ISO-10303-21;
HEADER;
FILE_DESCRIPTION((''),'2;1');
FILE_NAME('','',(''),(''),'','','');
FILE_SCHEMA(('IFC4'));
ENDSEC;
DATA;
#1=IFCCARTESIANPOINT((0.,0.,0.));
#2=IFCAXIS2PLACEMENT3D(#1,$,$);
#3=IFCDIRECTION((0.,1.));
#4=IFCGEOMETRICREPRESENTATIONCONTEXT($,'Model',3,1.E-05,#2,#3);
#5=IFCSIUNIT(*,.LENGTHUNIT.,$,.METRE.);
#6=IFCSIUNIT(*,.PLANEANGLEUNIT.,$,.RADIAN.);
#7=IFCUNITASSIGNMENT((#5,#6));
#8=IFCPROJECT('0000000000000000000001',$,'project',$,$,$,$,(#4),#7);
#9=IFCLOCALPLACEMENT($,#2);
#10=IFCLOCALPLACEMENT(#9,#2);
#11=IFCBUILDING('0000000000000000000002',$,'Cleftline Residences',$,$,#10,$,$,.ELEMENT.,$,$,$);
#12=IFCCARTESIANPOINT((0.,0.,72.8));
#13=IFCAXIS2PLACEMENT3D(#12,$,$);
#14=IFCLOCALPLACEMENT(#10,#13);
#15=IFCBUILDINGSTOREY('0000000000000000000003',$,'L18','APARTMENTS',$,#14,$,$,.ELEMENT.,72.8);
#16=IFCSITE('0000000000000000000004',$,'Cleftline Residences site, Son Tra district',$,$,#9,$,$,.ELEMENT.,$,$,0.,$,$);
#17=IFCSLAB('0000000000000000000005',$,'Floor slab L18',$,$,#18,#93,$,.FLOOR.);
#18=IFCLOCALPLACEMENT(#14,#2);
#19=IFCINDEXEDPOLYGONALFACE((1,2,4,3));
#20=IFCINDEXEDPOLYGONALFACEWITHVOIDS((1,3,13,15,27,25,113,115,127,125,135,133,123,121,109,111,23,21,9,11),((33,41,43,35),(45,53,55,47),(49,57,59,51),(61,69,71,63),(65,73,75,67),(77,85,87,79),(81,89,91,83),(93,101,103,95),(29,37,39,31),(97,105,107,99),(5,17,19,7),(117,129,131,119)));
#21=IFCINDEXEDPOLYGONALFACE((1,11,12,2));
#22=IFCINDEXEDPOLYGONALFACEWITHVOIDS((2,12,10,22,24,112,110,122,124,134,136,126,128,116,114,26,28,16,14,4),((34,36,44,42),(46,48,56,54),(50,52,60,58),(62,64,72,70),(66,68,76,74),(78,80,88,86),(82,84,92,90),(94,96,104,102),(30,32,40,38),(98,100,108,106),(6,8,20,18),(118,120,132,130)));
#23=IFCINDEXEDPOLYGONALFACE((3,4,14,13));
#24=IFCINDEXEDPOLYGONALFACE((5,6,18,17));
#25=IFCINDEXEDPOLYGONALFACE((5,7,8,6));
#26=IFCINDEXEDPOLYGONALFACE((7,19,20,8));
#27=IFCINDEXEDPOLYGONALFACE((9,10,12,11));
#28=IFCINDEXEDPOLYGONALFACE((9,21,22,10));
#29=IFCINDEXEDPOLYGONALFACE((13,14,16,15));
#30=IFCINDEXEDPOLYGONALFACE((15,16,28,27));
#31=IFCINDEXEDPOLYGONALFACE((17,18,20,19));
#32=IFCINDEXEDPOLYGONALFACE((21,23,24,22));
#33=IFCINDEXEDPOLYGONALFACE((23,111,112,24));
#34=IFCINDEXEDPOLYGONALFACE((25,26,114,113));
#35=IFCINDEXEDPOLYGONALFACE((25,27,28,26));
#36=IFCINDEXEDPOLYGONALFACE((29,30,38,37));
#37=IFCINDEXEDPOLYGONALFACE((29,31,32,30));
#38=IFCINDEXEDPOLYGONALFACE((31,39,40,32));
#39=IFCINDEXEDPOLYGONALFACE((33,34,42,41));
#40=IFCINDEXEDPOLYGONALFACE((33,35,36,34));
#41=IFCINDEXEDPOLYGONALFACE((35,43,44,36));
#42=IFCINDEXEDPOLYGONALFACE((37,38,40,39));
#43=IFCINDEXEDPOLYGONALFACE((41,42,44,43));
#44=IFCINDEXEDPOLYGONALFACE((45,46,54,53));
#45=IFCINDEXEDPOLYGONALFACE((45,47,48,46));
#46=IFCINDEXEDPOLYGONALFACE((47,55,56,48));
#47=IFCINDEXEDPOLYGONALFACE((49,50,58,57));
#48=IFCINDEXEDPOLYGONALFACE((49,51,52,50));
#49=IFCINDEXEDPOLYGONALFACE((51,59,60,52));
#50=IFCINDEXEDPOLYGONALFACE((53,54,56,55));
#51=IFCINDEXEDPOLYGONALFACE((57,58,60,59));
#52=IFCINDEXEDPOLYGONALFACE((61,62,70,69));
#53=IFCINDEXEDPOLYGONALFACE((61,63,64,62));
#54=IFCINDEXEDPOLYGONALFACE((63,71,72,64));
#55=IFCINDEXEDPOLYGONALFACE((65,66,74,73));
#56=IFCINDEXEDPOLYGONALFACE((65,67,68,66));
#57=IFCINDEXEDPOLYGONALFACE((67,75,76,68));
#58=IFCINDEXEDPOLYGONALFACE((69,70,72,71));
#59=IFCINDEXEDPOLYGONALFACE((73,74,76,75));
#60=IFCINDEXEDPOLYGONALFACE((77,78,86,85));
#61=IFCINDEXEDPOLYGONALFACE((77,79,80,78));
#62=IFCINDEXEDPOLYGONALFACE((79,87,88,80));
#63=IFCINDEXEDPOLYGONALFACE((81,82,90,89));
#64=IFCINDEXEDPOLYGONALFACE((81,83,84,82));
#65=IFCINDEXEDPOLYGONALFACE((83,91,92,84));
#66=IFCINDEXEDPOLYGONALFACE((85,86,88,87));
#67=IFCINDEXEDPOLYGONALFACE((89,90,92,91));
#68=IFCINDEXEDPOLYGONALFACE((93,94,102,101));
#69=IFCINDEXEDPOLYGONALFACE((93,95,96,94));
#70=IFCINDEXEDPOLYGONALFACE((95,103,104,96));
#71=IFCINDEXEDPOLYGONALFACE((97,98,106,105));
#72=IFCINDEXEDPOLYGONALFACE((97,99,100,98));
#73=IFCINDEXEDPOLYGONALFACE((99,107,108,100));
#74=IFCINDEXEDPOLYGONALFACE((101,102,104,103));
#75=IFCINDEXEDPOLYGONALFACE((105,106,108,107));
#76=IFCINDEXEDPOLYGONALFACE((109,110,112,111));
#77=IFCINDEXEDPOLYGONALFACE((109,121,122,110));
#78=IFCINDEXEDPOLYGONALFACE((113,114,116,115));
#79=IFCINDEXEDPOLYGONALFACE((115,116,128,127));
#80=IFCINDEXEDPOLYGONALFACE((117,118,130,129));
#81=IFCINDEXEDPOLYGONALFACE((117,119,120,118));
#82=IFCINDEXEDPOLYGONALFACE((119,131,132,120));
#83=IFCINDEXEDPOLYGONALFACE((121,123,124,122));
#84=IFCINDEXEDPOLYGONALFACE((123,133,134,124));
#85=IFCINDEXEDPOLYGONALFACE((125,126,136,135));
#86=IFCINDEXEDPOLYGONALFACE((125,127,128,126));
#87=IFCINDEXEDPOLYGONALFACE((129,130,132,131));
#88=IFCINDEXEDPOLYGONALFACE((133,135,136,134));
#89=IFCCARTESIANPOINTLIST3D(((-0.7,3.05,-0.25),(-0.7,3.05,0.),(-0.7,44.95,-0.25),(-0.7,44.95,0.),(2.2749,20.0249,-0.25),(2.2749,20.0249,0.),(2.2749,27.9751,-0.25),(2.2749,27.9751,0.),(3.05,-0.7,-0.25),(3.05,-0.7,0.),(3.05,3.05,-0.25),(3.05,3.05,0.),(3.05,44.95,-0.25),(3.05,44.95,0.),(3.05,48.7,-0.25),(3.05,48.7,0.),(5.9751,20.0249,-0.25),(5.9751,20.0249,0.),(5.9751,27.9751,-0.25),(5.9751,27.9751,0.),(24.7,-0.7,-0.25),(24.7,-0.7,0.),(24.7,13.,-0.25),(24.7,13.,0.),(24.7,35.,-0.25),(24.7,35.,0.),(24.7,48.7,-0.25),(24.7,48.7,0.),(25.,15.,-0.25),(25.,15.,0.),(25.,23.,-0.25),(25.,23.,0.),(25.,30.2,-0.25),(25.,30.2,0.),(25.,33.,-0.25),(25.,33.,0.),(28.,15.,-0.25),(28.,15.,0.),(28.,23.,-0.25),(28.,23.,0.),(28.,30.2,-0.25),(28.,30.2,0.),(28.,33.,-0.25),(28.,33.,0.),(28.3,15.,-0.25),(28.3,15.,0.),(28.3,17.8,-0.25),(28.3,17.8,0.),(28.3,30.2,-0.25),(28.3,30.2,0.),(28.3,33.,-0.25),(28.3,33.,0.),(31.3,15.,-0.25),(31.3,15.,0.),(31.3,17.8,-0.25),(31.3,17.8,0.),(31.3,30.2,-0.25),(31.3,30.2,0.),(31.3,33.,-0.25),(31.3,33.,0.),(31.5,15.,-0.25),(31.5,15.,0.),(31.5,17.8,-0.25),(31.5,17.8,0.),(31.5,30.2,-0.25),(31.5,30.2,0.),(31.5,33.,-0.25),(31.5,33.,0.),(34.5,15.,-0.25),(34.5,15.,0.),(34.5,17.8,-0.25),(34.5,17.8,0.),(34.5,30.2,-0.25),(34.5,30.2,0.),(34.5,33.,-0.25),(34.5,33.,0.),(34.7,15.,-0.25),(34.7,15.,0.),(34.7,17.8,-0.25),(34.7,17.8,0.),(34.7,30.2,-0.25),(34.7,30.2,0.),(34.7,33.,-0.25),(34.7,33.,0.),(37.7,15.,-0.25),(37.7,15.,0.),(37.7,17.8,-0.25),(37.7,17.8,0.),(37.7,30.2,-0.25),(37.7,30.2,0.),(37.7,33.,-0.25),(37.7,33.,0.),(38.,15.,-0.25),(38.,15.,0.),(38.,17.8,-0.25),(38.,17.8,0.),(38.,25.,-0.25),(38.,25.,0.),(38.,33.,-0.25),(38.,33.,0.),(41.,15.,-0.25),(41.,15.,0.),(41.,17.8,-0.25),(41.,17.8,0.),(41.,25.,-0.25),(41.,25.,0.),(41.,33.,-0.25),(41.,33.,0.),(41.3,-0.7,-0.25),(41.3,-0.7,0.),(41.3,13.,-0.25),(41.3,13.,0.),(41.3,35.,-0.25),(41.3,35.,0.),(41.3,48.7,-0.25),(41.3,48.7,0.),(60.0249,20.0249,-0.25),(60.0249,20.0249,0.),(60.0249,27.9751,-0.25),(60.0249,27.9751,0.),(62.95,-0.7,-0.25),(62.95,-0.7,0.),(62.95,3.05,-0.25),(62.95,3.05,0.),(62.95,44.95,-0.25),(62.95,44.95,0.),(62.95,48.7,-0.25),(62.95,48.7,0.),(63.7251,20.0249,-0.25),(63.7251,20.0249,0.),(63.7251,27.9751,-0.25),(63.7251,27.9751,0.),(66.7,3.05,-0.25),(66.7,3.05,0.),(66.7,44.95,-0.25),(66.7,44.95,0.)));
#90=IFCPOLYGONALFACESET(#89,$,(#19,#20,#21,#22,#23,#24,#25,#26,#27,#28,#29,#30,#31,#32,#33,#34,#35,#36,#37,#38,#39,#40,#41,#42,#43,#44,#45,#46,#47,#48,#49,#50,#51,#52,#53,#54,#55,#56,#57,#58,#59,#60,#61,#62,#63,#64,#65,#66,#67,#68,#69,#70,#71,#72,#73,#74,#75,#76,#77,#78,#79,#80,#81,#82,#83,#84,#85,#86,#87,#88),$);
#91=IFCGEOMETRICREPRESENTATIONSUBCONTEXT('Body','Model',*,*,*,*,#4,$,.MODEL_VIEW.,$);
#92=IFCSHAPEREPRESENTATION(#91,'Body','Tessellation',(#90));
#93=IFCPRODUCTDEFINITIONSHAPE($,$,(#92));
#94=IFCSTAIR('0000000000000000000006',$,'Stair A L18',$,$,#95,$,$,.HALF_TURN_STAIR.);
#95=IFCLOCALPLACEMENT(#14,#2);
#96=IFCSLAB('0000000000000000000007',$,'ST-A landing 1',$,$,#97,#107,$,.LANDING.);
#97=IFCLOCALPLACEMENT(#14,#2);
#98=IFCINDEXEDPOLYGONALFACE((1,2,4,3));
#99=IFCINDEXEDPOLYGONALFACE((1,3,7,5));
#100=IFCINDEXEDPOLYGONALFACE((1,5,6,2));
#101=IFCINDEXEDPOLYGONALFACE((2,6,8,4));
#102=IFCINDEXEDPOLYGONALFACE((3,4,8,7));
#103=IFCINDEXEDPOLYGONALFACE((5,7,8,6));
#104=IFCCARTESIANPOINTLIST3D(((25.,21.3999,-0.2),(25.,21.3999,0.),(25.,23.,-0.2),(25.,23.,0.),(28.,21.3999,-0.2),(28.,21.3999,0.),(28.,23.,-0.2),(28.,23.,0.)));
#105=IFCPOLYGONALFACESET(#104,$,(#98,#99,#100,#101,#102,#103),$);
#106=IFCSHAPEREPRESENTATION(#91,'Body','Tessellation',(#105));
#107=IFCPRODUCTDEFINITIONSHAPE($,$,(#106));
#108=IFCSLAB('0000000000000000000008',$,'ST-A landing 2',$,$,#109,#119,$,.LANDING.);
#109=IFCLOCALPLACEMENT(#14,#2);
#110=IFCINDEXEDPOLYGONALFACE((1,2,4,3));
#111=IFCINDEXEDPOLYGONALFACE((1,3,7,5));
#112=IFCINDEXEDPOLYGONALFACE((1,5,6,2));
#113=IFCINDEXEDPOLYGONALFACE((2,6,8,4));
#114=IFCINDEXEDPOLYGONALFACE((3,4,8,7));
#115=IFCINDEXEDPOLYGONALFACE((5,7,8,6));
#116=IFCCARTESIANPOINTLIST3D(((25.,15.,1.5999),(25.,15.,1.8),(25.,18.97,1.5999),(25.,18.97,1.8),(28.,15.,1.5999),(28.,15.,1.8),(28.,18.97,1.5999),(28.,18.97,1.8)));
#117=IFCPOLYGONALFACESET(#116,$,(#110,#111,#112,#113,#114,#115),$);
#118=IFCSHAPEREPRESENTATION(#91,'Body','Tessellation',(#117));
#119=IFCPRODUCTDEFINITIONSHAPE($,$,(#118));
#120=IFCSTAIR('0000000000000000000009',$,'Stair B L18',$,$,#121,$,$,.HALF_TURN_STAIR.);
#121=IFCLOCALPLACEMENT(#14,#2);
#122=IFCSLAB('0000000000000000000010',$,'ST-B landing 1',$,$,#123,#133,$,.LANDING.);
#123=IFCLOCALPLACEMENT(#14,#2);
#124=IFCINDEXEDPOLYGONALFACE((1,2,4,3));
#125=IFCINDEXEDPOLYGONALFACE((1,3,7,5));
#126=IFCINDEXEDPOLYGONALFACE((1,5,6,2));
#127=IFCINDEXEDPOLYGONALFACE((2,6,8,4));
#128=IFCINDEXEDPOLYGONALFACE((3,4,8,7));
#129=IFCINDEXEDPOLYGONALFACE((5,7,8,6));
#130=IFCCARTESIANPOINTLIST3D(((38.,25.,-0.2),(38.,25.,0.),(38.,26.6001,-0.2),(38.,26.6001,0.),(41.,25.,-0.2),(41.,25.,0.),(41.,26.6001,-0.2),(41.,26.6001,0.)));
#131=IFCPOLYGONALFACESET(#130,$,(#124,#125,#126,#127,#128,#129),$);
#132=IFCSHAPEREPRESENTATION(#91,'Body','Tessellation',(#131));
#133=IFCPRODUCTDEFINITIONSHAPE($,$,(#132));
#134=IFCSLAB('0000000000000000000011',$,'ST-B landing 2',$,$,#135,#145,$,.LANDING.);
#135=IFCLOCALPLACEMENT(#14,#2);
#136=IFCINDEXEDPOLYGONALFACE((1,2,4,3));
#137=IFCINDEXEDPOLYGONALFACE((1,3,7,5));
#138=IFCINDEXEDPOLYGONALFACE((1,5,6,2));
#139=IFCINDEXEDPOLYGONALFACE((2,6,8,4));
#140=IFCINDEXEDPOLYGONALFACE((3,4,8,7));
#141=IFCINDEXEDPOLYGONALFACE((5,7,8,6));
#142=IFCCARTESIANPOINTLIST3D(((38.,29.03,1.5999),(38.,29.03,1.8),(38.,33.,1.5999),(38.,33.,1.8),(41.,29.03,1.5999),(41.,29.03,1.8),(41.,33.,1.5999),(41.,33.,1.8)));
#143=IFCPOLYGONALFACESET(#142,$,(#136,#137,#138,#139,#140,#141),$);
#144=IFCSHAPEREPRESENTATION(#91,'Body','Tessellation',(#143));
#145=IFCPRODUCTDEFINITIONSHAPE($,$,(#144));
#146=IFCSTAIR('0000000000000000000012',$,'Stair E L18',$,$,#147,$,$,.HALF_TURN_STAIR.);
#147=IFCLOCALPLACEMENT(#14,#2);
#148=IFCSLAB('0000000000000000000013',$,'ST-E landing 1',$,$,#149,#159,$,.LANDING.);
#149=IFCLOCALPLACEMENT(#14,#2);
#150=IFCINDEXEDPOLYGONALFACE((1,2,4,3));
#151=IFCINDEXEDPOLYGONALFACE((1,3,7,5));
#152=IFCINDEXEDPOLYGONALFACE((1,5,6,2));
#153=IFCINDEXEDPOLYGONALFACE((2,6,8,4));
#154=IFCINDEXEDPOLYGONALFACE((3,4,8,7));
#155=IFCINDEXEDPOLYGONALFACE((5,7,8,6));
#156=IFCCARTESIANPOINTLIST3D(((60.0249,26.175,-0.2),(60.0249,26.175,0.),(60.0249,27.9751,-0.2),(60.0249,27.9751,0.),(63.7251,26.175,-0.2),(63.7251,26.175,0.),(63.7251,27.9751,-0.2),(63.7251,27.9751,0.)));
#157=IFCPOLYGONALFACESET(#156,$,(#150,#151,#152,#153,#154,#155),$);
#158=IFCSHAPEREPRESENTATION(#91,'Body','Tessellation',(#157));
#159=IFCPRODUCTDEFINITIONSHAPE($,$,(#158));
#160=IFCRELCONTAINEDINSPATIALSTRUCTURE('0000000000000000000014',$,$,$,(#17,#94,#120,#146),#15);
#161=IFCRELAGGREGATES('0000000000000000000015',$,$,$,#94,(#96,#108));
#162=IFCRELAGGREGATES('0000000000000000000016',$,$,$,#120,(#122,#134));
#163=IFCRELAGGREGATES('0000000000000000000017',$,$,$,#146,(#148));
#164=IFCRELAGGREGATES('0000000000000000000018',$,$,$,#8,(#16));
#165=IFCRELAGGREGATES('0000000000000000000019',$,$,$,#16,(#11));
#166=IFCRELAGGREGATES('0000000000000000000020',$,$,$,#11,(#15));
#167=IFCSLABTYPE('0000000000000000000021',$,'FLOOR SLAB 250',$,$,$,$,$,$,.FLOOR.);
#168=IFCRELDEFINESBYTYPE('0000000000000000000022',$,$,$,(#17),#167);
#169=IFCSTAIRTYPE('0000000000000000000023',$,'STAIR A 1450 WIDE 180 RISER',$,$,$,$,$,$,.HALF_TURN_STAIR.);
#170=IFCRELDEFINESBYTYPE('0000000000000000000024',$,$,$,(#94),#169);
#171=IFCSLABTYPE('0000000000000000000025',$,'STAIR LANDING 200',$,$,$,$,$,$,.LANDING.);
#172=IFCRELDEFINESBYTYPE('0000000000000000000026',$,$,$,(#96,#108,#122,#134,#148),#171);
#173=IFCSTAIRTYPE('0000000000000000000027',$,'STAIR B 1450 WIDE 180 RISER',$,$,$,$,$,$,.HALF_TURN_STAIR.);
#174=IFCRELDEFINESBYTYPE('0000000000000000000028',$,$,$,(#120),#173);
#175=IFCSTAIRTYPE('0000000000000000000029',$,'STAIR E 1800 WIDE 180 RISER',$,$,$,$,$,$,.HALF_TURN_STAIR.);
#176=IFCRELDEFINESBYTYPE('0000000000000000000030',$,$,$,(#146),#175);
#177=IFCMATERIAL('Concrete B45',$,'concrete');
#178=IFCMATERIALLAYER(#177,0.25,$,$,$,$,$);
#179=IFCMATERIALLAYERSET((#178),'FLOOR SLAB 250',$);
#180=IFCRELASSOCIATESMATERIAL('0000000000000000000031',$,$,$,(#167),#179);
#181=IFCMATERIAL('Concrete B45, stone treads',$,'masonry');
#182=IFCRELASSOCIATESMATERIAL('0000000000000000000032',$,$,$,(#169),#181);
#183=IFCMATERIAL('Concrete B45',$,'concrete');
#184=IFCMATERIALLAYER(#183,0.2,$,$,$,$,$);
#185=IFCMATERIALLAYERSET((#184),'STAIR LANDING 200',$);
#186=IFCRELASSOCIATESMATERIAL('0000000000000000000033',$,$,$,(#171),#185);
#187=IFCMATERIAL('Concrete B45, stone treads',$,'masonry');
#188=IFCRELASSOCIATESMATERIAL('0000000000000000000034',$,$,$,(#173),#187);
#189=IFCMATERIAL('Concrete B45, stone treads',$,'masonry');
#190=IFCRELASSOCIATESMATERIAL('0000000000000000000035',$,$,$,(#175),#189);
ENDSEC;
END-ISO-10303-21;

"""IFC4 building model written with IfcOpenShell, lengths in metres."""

from ifc_helpers import new_model, si_unit, direction, frame, origin, place, context, subcontext, project, spatial, polyline, outline, extrude, material, layer, layer_set, type_object, element, aggregate, save


model = new_model("IFC4")

# Units and contexts
model_context = context("Model", 3, precision=1e-05, world=origin(), true_north=direction((0.0, 1.0)))
body_context = subcontext(model_context, "Body", "Model", "MODEL_VIEW")
ifc_project = project(units=[si_unit("LENGTHUNIT", "METRE"), si_unit("PLANEANGLEUNIT", "RADIAN")], contexts=[model_context])

# Site, building, storey
site_placement = place(None, origin())
site = spatial("IfcSite", under=ifc_project, at=site_placement, Name="Cleftline Residences site, Son Tra district", CompositionType="ELEMENT", RefElevation=0.0)
building_placement = place(site_placement, origin())
building = spatial("IfcBuilding", under=site, at=building_placement, Name="Cleftline Residences", CompositionType="ELEMENT")
storey_placement = place(building_placement, frame((0.0, 0.0, 72.8)))
storey = spatial("IfcBuildingStorey", under=building, at=storey_placement, Name="L18", Description="APARTMENTS", CompositionType="ELEMENT", Elevation=72.8)

# Slab
ifc_material_1 = material(Name="Concrete B45", Category="concrete")
ifc_layer_1 = layer(ifc_material_1, 0.25)
ifc_layer_set_1 = layer_set([ifc_layer_1], Name="FLOOR SLAB 250")
slab_type_1 = type_object("IfcSlabType", Name="FLOOR SLAB 250", PredefinedType="FLOOR", material=ifc_layer_set_1)
slab_1_placement = place(storey_placement, frame((0.0, 0.0, -0.25)))
element("IfcSlab", 1, at=slab_1_placement, inside=storey, type_object=slab_type_1, Name="Floor slab L18", PredefinedType="FLOOR", context=body_context, shape_type="SweptSolid", body=[
    extrude(outline(polyline([(24.7, 13.0), (41.3, 13.0), (41.3, -0.7), (62.95, -0.7), (62.95, 3.05), (66.7, 3.05), (66.7, 44.95), (62.95, 44.95), (62.95, 48.7), (41.3, 48.7), (41.3, 35.0), (24.7, 35.0), (24.7, 48.7), (3.05, 48.7), (3.05, 44.95), (-0.7, 44.95), (-0.7, 3.05), (3.05, 3.05), (3.05, -0.7), (24.7, -0.7), (24.7, 13.0)]), holes=[polyline([(28.0, 15.0), (28.0, 23.0), (25.0, 23.0), (25.0, 15.0), (28.0, 15.0)]), polyline([(41.0, 25.0), (41.0, 33.0), (38.0, 33.0), (38.0, 25.0), (41.0, 25.0)]), polyline([(28.0, 30.2), (28.0, 33.0), (25.0, 33.0), (25.0, 30.2), (28.0, 30.2)]), polyline([(41.0, 15.0), (41.0, 17.8), (38.0, 17.8), (38.0, 15.0), (41.0, 15.0)]), polyline([(31.3, 15.0), (31.3, 17.8), (28.3, 17.8), (28.3, 15.0), (31.3, 15.0)]), polyline([(34.5, 15.0), (34.5, 17.8), (31.5, 17.8), (31.5, 15.0), (34.5, 15.0)]), polyline([(37.7, 15.0), (37.7, 17.8), (34.7, 17.8), (34.7, 15.0), (37.7, 15.0)]), polyline([(31.3, 30.2), (31.3, 33.0), (28.3, 33.0), (28.3, 30.2), (31.3, 30.2)]), polyline([(34.5, 30.2), (34.5, 33.0), (31.5, 33.0), (31.5, 30.2), (34.5, 30.2)]), polyline([(37.7, 30.2), (37.7, 33.0), (34.7, 33.0), (34.7, 30.2), (37.7, 30.2)]), polyline([(63.7251, 20.0249), (63.7251, 27.9751), (60.0249, 27.9751), (60.0249, 20.0249), (63.7251, 20.0249)]), polyline([(5.9751, 20.0249), (5.9751, 27.9751), (2.2749, 27.9751), (2.2749, 20.0249), (5.9751, 20.0249)])]), origin(), (0.0, 0.0, 1.0), 0.25),
])

# Stairs, slabs
ifc_material_2 = material(Name="Concrete B45, stone treads", Category="masonry")
stair_type_1 = type_object("IfcStairType", Name="STAIR A 1450 WIDE 180 RISER", PredefinedType="HALF_TURN_STAIR", material=ifc_material_2)
stair_1_placement = place(storey_placement, origin())
stair_1 = element("IfcStair", 2, at=stair_1_placement, inside=storey, type_object=stair_type_1, Name="Stair A L18", PredefinedType="HALF_TURN_STAIR")
ifc_material_3 = material(Name="Concrete B45", Category="concrete")
ifc_layer_2 = layer(ifc_material_3, 0.2)
ifc_layer_set_2 = layer_set([ifc_layer_2], Name="STAIR LANDING 200")
slab_type_2 = type_object("IfcSlabType", Name="STAIR LANDING 200", PredefinedType="LANDING", material=ifc_layer_set_2)
slab_2_placement = place(storey_placement, frame((0.0, 0.0, -0.2)))
slab_2 = element("IfcSlab", 3, at=slab_2_placement, type_object=slab_type_2, Name="ST-A landing 1", PredefinedType="LANDING", context=body_context, shape_type="SweptSolid", body=[
    extrude(outline(polyline([(25.0, 21.3999), (28.0, 21.3999), (28.0, 23.0), (25.0, 23.0), (25.0, 21.3999)])), origin(), (0.0, 0.0, 1.0), 0.2),
])
slab_3_placement = place(storey_placement, frame((0.0, 0.0, 1.5999)))
slab_3 = element("IfcSlab", 4, at=slab_3_placement, type_object=slab_type_2, Name="ST-A landing 2", PredefinedType="LANDING", context=body_context, shape_type="SweptSolid", body=[
    extrude(outline(polyline([(25.0, 15.0), (28.0, 15.0), (28.0, 18.97), (25.0, 18.97), (25.0, 15.0)])), origin(), (0.0, 0.0, 1.0), 0.2002),
])
aggregate(stair_1, [slab_2, slab_3])
ifc_material_4 = material(Name="Concrete B45, stone treads", Category="masonry")
stair_type_2 = type_object("IfcStairType", Name="STAIR B 1450 WIDE 180 RISER", PredefinedType="HALF_TURN_STAIR", material=ifc_material_4)
stair_2_placement = place(storey_placement, origin())
stair_2 = element("IfcStair", 5, at=stair_2_placement, inside=storey, type_object=stair_type_2, Name="Stair B L18", PredefinedType="HALF_TURN_STAIR")
slab_4_placement = place(storey_placement, frame((0.0, 0.0, -0.2)))
slab_4 = element("IfcSlab", 6, at=slab_4_placement, type_object=slab_type_2, Name="ST-B landing 1", PredefinedType="LANDING", context=body_context, shape_type="SweptSolid", body=[
    extrude(outline(polyline([(38.0, 25.0), (41.0, 25.0), (41.0, 26.6001), (38.0, 26.6001), (38.0, 25.0)])), origin(), (0.0, 0.0, 1.0), 0.2),
])
slab_5_placement = place(storey_placement, frame((0.0, 0.0, 1.5999)))
slab_5 = element("IfcSlab", 7, at=slab_5_placement, type_object=slab_type_2, Name="ST-B landing 2", PredefinedType="LANDING", context=body_context, shape_type="SweptSolid", body=[
    extrude(outline(polyline([(38.0, 29.03), (41.0, 29.03), (41.0, 33.0), (38.0, 33.0), (38.0, 29.03)])), origin(), (0.0, 0.0, 1.0), 0.2002),
])
aggregate(stair_2, [slab_4, slab_5])

# Stair, slab
ifc_material_5 = material(Name="Concrete B45, stone treads", Category="masonry")
stair_type_3 = type_object("IfcStairType", Name="STAIR E 1800 WIDE 180 RISER", PredefinedType="HALF_TURN_STAIR", material=ifc_material_5)
stair_3_placement = place(storey_placement, origin())
stair_3 = element("IfcStair", 8, at=stair_3_placement, inside=storey, type_object=stair_type_3, Name="Stair E L18", PredefinedType="HALF_TURN_STAIR")
slab_6_placement = place(storey_placement, frame((0.0, 0.0, -0.2)))
slab_6 = element("IfcSlab", 9, at=slab_6_placement, type_object=slab_type_2, Name="ST-E landing 1", PredefinedType="LANDING", context=body_context, shape_type="SweptSolid", body=[
    extrude(outline(polyline([(60.0249, 26.175), (63.7251, 26.175), (63.7251, 27.9751), (60.0249, 27.9751), (60.0249, 26.175)])), origin(), (0.0, 0.0, 1.0), 0.2),
])
aggregate(stair_3, [slab_6])

save(model, "model.ifc")
